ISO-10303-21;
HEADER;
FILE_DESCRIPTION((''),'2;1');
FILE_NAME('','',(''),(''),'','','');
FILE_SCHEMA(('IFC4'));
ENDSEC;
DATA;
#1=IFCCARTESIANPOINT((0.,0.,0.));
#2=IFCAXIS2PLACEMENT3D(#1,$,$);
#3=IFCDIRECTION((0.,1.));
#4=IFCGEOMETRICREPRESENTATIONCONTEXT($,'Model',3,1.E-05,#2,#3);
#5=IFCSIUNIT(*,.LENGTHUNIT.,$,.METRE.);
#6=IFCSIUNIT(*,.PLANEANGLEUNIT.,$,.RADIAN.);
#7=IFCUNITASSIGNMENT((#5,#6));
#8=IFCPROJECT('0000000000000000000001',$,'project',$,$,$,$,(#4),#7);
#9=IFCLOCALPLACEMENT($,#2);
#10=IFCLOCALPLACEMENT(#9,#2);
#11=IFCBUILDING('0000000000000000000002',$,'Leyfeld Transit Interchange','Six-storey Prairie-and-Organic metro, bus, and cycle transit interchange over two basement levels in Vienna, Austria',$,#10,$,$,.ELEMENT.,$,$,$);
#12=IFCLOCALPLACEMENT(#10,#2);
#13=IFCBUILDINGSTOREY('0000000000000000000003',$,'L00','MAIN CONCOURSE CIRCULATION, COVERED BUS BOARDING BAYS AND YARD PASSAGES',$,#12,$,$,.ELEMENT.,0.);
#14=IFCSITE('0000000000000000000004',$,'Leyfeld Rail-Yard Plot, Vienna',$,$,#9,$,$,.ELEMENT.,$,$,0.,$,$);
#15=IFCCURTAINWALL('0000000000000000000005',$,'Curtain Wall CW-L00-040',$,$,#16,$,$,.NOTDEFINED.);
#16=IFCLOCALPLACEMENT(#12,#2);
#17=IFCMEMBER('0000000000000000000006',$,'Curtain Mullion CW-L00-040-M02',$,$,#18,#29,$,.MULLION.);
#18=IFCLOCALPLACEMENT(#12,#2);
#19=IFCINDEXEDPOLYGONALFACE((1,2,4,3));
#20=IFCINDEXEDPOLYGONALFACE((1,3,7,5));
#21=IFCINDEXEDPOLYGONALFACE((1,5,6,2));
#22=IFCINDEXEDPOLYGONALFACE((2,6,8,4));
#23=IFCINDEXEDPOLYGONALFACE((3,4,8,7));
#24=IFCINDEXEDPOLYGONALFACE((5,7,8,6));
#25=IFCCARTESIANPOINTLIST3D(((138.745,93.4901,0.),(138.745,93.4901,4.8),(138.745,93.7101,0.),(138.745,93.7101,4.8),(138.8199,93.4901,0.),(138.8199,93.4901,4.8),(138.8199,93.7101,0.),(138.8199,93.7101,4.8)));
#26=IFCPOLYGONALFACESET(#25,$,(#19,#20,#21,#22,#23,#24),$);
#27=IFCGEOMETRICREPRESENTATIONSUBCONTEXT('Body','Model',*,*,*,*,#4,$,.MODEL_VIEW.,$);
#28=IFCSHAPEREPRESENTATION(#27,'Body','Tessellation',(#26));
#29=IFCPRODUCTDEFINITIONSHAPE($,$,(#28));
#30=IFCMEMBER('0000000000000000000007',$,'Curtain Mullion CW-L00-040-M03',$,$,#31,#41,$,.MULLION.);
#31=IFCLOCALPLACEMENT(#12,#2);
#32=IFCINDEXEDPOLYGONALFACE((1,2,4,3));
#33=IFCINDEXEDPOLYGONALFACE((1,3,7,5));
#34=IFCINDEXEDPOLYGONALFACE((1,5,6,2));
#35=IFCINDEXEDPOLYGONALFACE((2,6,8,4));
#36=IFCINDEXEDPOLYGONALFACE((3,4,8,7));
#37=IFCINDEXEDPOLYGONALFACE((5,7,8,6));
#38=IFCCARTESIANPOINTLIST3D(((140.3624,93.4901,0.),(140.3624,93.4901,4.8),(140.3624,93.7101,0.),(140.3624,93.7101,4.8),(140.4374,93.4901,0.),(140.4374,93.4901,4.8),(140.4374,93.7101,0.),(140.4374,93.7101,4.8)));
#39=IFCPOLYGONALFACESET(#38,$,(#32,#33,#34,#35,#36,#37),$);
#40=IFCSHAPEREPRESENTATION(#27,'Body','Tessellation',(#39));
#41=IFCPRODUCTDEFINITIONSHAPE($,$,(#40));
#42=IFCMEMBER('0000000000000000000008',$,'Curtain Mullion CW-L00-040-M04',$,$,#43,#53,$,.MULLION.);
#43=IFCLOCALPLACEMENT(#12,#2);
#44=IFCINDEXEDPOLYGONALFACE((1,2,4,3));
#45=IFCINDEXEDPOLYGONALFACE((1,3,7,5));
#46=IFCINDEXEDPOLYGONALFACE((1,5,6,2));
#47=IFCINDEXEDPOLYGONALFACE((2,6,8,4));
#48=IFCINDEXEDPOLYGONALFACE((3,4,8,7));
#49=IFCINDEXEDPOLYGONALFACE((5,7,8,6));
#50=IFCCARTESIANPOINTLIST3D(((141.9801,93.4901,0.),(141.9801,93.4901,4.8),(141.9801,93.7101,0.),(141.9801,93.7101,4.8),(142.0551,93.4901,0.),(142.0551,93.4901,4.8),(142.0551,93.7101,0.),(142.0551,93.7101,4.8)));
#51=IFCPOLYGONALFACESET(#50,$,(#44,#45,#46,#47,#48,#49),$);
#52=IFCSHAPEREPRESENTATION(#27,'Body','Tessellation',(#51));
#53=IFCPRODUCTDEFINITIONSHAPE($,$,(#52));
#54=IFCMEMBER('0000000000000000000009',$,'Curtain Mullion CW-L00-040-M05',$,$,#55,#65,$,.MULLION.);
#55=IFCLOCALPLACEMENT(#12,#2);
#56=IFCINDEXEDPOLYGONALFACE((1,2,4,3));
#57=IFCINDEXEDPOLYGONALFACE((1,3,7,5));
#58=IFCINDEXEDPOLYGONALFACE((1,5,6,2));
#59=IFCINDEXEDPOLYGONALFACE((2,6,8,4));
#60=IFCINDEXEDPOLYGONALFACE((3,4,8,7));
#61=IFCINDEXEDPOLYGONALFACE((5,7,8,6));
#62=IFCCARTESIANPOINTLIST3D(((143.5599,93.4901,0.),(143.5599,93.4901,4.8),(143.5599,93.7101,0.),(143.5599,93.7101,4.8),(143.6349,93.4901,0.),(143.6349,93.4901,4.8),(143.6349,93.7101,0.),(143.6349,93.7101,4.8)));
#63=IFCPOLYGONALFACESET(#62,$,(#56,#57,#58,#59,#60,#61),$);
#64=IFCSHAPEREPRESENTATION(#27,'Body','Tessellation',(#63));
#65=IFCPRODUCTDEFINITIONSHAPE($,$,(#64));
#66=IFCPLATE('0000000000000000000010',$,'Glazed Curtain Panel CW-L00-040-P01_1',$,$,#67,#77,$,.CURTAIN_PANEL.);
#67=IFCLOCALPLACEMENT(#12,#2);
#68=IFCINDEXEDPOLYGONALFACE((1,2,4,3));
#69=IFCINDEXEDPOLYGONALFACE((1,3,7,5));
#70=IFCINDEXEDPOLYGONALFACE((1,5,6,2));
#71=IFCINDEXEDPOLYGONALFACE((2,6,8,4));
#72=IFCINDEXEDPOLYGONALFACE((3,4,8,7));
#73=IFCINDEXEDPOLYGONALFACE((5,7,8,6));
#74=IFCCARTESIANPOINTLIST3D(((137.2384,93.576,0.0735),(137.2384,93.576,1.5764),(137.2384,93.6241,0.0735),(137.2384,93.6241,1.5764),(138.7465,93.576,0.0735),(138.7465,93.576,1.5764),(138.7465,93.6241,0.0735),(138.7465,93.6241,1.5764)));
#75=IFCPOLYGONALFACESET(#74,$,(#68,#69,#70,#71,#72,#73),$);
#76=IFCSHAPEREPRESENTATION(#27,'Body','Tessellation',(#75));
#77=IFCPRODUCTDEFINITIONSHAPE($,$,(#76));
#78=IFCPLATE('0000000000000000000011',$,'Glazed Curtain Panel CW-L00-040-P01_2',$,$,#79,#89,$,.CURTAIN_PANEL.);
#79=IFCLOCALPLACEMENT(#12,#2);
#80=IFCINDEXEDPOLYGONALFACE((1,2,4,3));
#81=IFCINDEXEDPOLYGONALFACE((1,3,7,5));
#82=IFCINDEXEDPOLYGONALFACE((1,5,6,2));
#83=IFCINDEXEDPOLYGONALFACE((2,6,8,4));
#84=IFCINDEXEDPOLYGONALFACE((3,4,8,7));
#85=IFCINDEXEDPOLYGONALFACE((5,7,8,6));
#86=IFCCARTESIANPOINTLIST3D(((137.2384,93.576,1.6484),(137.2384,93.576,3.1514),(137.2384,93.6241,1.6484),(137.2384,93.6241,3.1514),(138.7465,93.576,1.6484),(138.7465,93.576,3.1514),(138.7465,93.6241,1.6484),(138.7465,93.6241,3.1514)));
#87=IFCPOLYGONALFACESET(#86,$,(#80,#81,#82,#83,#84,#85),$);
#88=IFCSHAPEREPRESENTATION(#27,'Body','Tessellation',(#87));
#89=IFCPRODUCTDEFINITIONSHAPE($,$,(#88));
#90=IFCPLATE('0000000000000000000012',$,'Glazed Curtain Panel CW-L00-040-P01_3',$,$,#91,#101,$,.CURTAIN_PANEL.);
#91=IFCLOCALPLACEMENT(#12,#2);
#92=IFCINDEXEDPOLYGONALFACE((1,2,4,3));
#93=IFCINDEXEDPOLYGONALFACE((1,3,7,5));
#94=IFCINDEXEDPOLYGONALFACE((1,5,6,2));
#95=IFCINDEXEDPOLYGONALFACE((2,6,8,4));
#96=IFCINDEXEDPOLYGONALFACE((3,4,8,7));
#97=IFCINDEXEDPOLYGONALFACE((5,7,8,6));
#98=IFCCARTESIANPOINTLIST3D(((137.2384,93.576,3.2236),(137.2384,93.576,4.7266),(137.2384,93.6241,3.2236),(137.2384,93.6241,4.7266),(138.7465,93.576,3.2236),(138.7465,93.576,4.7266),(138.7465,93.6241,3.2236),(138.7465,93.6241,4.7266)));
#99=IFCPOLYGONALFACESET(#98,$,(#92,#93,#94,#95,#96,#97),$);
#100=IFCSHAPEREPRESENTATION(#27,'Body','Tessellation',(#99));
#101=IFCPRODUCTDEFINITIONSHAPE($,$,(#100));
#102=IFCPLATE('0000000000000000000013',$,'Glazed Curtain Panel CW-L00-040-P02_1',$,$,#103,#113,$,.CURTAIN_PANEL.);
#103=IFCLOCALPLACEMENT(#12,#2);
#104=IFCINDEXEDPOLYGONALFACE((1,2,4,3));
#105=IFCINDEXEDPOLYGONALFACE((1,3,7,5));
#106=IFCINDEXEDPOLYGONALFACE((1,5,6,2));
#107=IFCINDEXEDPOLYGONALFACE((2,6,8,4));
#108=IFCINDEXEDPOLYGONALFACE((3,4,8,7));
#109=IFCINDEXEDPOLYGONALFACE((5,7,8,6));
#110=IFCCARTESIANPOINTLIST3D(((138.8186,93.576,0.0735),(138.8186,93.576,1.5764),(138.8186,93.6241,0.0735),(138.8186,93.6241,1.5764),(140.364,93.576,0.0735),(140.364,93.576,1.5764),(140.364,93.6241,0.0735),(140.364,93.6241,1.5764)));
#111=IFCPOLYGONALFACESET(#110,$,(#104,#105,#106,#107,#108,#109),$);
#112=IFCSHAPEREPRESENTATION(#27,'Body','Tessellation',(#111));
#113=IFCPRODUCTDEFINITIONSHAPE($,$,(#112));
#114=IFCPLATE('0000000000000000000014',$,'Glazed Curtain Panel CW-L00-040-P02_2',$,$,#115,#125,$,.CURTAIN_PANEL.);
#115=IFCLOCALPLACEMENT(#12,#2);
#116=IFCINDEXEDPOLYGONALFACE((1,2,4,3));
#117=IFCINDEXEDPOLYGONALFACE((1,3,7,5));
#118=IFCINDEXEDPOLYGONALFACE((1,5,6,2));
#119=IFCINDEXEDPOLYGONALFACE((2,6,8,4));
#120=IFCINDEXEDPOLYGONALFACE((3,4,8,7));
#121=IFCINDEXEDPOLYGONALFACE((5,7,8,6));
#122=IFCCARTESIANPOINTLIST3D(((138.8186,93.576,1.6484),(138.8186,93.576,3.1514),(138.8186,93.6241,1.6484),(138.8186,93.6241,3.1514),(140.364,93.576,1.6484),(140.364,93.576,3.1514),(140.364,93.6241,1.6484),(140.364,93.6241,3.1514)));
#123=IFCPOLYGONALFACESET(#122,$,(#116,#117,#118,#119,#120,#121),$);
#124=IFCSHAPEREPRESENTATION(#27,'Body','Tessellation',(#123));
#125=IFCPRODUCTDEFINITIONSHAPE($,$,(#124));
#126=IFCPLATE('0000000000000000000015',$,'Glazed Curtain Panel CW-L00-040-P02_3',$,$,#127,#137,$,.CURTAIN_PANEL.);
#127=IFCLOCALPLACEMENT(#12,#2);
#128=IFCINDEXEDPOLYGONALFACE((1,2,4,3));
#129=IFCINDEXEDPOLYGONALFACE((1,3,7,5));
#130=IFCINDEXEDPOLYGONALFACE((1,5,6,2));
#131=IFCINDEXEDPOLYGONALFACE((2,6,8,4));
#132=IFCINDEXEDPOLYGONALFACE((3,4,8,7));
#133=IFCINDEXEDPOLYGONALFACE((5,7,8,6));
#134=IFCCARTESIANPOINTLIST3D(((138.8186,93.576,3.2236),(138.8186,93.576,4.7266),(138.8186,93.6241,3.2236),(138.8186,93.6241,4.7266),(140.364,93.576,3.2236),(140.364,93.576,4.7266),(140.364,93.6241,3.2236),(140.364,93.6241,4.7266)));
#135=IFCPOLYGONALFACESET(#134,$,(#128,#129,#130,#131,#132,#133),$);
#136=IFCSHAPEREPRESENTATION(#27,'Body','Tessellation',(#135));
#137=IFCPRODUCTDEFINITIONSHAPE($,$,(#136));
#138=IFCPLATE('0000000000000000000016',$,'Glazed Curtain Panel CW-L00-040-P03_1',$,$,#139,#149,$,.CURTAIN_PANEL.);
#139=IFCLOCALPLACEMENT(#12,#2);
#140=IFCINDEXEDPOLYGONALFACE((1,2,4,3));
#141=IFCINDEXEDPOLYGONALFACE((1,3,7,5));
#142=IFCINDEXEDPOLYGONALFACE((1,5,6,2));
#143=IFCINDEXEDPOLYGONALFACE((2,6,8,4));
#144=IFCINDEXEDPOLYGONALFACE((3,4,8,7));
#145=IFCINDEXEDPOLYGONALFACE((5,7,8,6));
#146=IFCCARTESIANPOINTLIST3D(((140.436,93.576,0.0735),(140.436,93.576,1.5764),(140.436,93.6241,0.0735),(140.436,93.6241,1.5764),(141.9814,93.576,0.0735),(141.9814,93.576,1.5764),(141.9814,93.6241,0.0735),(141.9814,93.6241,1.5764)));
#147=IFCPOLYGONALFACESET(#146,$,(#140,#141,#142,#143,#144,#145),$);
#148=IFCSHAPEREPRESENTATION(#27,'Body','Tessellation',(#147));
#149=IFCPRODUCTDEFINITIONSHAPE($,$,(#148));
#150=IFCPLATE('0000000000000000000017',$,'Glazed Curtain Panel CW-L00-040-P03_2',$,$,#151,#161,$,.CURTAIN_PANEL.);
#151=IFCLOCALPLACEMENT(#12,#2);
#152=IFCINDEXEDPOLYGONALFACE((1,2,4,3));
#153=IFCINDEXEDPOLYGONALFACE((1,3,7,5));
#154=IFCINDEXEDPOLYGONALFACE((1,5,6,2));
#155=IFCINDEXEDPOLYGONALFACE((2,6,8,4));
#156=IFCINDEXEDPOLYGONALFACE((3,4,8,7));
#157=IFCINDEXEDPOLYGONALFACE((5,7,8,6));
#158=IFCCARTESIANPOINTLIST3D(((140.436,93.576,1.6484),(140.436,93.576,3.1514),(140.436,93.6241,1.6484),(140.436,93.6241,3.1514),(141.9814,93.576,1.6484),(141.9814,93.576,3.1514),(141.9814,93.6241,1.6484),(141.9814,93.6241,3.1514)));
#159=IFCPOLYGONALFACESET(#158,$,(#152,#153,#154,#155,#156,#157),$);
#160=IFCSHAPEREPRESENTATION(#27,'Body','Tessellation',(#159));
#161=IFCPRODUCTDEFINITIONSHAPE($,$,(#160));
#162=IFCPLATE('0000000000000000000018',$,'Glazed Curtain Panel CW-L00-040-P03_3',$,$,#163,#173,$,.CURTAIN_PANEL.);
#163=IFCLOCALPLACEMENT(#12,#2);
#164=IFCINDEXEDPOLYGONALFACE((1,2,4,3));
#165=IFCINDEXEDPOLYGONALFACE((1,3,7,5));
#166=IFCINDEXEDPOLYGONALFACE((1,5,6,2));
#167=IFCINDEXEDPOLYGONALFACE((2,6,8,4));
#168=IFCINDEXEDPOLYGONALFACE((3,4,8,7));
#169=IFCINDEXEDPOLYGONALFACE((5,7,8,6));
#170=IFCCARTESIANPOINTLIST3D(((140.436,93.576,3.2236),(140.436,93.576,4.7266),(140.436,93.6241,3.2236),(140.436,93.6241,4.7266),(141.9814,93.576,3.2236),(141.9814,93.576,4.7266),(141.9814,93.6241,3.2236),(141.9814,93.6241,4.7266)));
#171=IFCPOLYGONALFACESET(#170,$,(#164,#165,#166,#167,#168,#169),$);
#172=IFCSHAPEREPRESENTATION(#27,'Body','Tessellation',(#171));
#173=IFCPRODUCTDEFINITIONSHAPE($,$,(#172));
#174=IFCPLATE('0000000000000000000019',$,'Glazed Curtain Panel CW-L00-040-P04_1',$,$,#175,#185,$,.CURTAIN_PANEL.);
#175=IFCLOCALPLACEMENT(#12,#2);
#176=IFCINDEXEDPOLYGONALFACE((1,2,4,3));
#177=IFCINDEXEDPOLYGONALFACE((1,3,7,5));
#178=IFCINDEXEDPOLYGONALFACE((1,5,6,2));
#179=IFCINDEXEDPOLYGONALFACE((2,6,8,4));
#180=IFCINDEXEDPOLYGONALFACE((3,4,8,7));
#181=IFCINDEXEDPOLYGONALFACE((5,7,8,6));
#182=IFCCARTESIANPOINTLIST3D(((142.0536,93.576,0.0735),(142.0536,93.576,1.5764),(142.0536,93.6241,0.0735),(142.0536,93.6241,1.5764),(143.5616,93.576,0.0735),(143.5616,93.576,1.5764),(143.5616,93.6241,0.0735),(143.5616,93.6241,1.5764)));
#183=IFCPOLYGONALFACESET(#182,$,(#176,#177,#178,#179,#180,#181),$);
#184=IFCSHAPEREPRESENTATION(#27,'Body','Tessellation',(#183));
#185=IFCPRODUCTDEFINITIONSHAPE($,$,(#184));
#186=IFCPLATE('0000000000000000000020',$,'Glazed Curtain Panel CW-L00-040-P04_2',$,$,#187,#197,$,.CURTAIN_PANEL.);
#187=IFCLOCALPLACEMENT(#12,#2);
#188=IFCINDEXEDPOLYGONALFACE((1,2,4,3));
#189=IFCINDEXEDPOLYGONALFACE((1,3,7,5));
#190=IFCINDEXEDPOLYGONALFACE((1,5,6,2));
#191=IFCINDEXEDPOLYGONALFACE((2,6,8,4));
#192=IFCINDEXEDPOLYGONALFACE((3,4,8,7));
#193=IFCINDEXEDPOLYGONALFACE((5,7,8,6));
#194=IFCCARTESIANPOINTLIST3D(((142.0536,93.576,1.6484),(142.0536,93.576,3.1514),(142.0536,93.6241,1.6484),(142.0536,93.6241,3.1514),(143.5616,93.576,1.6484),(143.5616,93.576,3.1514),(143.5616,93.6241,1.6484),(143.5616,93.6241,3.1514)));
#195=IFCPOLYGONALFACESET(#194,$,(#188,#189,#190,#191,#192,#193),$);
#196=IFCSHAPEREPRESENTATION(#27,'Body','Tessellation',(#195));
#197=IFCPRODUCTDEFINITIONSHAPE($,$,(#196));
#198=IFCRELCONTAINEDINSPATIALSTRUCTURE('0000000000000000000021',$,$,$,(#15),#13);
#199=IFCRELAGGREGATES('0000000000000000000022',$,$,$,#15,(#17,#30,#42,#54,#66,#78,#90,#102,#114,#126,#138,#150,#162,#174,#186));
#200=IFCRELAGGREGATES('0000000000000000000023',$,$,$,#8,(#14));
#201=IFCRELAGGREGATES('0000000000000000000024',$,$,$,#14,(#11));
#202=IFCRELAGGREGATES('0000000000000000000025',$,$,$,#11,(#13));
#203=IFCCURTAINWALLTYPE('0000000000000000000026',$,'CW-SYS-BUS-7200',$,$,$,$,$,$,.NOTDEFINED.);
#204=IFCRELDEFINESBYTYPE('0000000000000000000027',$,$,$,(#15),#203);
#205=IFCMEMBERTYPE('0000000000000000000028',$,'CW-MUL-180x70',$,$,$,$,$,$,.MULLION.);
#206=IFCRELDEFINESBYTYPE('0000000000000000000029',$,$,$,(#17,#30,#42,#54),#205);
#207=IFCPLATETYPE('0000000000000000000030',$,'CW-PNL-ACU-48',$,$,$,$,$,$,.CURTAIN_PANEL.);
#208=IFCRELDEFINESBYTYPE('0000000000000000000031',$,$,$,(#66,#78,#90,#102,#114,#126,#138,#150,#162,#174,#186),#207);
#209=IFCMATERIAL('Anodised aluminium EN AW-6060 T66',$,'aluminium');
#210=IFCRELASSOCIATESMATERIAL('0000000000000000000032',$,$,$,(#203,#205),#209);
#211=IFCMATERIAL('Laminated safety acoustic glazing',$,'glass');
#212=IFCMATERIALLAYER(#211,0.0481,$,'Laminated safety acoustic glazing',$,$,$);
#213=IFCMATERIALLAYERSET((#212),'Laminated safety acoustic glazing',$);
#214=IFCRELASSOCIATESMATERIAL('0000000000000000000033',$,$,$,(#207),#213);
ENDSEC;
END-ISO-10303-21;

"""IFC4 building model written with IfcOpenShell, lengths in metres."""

from ifc_helpers import new_model, si_unit, direction, frame, origin, origin_2d, place, context, subcontext, project, spatial, rectangle, extrude, material, layer, layer_set, material_profile, profile_set, type_object, element, aggregate, save


model = new_model("IFC4")

# Units and contexts
model_context = context("Model", 3, precision=1e-05, world=origin(), true_north=direction((0.0, 1.0)))
body_context = subcontext(model_context, "Body", "Model", "MODEL_VIEW")
ifc_project = project(units=[si_unit("LENGTHUNIT", "METRE"), si_unit("PLANEANGLEUNIT", "RADIAN")], contexts=[model_context])

# Site, building, storey
site_placement = place(None, origin())
site = spatial("IfcSite", under=ifc_project, at=site_placement, Name="Leyfeld Rail-Yard Plot, Vienna", CompositionType="ELEMENT", RefElevation=0.0)
building_placement = place(site_placement, origin())
building = spatial("IfcBuilding", under=site, at=building_placement, Name="Leyfeld Transit Interchange", Description="Six-storey Prairie-and-Organic metro, bus, and cycle transit interchange over two basement levels in Vienna, Austria", CompositionType="ELEMENT")
storey_placement = place(building_placement, origin())
storey = spatial("IfcBuildingStorey", under=building, at=storey_placement, Name="L00", Description="MAIN CONCOURSE CIRCULATION, COVERED BUS BOARDING BAYS AND YARD PASSAGES", CompositionType="ELEMENT", Elevation=0.0)

# Curtain wall, members, plates
ifc_material_1 = material(Name="Anodised aluminium EN AW-6060 T66", Category="aluminium")
curtain_wall_type = type_object("IfcCurtainWallType", Name="CW-SYS-BUS-7200", PredefinedType="NOTDEFINED", material=ifc_material_1)
curtain_wall_placement = place(storey_placement, origin())
curtain_wall = element("IfcCurtainWall", 1, at=curtain_wall_placement, inside=storey, type_object=curtain_wall_type, Name="Curtain Wall CW-L00-040", PredefinedType="NOTDEFINED")
ifc_material_profile_1 = material_profile(ifc_material_1, rectangle(XDim=0.075, YDim=0.22, at=origin_2d()), Name="CW-M 75x220")
ifc_profile_set_1 = profile_set([ifc_material_profile_1], Name="Anodised aluminium EN AW-6060 T66")
member_type = type_object("IfcMemberType", Name="CW-MUL-180x70", PredefinedType="MULLION", material=ifc_profile_set_1)
member_1_placement = place(storey_placement, frame((138.7825, 93.6001, 0.0), z_axis=(0.0, 0.0, 1.0), x_axis=(1.0, 0.0, 0.0)))
member_1 = element("IfcMember", 2, at=member_1_placement, type_object=member_type, Name="Curtain Mullion CW-L00-040-M02", PredefinedType="MULLION", context=body_context, shape_type="SweptSolid", body=[
    extrude(rectangle(XDim=0.075, YDim=0.22, at=origin_2d()), origin(), (0.0, 0.0, 1.0), 4.8),
])
member_2_placement = place(storey_placement, frame((140.3999, 93.6001, 0.0), z_axis=(0.0, 0.0, 1.0), x_axis=(1.0, 0.0, 0.0)))
member_2 = element("IfcMember", 3, at=member_2_placement, type_object=member_type, Name="Curtain Mullion CW-L00-040-M03", PredefinedType="MULLION", context=body_context, shape_type="SweptSolid", body=[
    extrude(rectangle(XDim=0.075, YDim=0.22, at=origin_2d()), origin(), (0.0, 0.0, 1.0), 4.8),
])
member_3_placement = place(storey_placement, frame((142.0176, 93.6001, 0.0), z_axis=(0.0, 0.0, 1.0), x_axis=(1.0, 0.0, 0.0)))
member_3 = element("IfcMember", 4, at=member_3_placement, type_object=member_type, Name="Curtain Mullion CW-L00-040-M04", PredefinedType="MULLION", context=body_context, shape_type="SweptSolid", body=[
    extrude(rectangle(XDim=0.075, YDim=0.22, at=origin_2d()), origin(), (0.0, 0.0, 1.0), 4.8),
])
member_4_placement = place(storey_placement, frame((143.5974, 93.6001, 0.0), z_axis=(0.0, 0.0, 1.0), x_axis=(1.0, 0.0, 0.0)))
member_4 = element("IfcMember", 5, at=member_4_placement, type_object=member_type, Name="Curtain Mullion CW-L00-040-M05", PredefinedType="MULLION", context=body_context, shape_type="SweptSolid", body=[
    extrude(rectangle(XDim=0.075, YDim=0.22, at=origin_2d()), origin(), (0.0, 0.0, 1.0), 4.8),
])
ifc_material_2 = material(Name="Laminated safety acoustic glazing", Category="glass")
ifc_layer = layer(ifc_material_2, 0.0481, Name="Laminated safety acoustic glazing")
ifc_layer_set = layer_set([ifc_layer], Name="Laminated safety acoustic glazing")
plate_type = type_object("IfcPlateType", Name="CW-PNL-ACU-48", PredefinedType="CURTAIN_PANEL", material=ifc_layer_set)
plate_1_placement = place(storey_placement, frame((137.9924, 93.6001, 0.0735), z_axis=(0.0, 0.0, 1.0), x_axis=(1.0, 0.0, 0.0)))
plate_1 = element("IfcPlate", 6, at=plate_1_placement, type_object=plate_type, Name="Glazed Curtain Panel CW-L00-040-P01_1", PredefinedType="CURTAIN_PANEL", context=body_context, shape_type="SweptSolid", body=[
    extrude(rectangle(XDim=1.5081, YDim=0.0481, at=origin_2d()), origin(), (0.0, 0.0, 1.0), 1.5029),
])
plate_2_placement = place(storey_placement, frame((137.9924, 93.6001, 1.6484), z_axis=(0.0, 0.0, 1.0), x_axis=(1.0, 0.0, 0.0)))
plate_2 = element("IfcPlate", 7, at=plate_2_placement, type_object=plate_type, Name="Glazed Curtain Panel CW-L00-040-P01_2", PredefinedType="CURTAIN_PANEL", context=body_context, shape_type="SweptSolid", body=[
    extrude(rectangle(XDim=1.5081, YDim=0.0481, at=origin_2d()), origin(), (0.0, 0.0, 1.0), 1.5029),
])
plate_3_placement = place(storey_placement, frame((137.9924, 93.6001, 3.2236), z_axis=(0.0, 0.0, 1.0), x_axis=(1.0, 0.0, 0.0)))
plate_3 = element("IfcPlate", 8, at=plate_3_placement, type_object=plate_type, Name="Glazed Curtain Panel CW-L00-040-P01_3", PredefinedType="CURTAIN_PANEL", context=body_context, shape_type="SweptSolid", body=[
    extrude(rectangle(XDim=1.5081, YDim=0.0481, at=origin_2d()), origin(), (0.0, 0.0, 1.0), 1.5029),
])
plate_4_placement = place(storey_placement, frame((139.5913, 93.6001, 0.0735), z_axis=(0.0, 0.0, 1.0), x_axis=(1.0, 0.0, 0.0)))
plate_4 = element("IfcPlate", 9, at=plate_4_placement, type_object=plate_type, Name="Glazed Curtain Panel CW-L00-040-P02_1", PredefinedType="CURTAIN_PANEL", context=body_context, shape_type="SweptSolid", body=[
    extrude(rectangle(XDim=1.5454, YDim=0.0481, at=origin_2d()), origin(), (0.0, 0.0, 1.0), 1.5029),
])
plate_5_placement = place(storey_placement, frame((139.5913, 93.6001, 1.6484), z_axis=(0.0, 0.0, 1.0), x_axis=(1.0, 0.0, 0.0)))
plate_5 = element("IfcPlate", 10, at=plate_5_placement, type_object=plate_type, Name="Glazed Curtain Panel CW-L00-040-P02_2", PredefinedType="CURTAIN_PANEL", context=body_context, shape_type="SweptSolid", body=[
    extrude(rectangle(XDim=1.5454, YDim=0.0481, at=origin_2d()), origin(), (0.0, 0.0, 1.0), 1.5029),
])
plate_6_placement = place(storey_placement, frame((139.5913, 93.6001, 3.2236), z_axis=(0.0, 0.0, 1.0), x_axis=(1.0, 0.0, 0.0)))
plate_6 = element("IfcPlate", 11, at=plate_6_placement, type_object=plate_type, Name="Glazed Curtain Panel CW-L00-040-P02_3", PredefinedType="CURTAIN_PANEL", context=body_context, shape_type="SweptSolid", body=[
    extrude(rectangle(XDim=1.5454, YDim=0.0481, at=origin_2d()), origin(), (0.0, 0.0, 1.0), 1.5029),
])
plate_7_placement = place(storey_placement, frame((141.2087, 93.6001, 0.0735), z_axis=(0.0, 0.0, 1.0), x_axis=(1.0, 0.0, 0.0)))
plate_7 = element("IfcPlate", 12, at=plate_7_placement, type_object=plate_type, Name="Glazed Curtain Panel CW-L00-040-P03_1", PredefinedType="CURTAIN_PANEL", context=body_context, shape_type="SweptSolid", body=[
    extrude(rectangle(XDim=1.5454, YDim=0.0481, at=origin_2d()), origin(), (0.0, 0.0, 1.0), 1.5029),
])
plate_8_placement = place(storey_placement, frame((141.2087, 93.6001, 1.6484), z_axis=(0.0, 0.0, 1.0), x_axis=(1.0, 0.0, 0.0)))
plate_8 = element("IfcPlate", 13, at=plate_8_placement, type_object=plate_type, Name="Glazed Curtain Panel CW-L00-040-P03_2", PredefinedType="CURTAIN_PANEL", context=body_context, shape_type="SweptSolid", body=[
    extrude(rectangle(XDim=1.5454, YDim=0.0481, at=origin_2d()), origin(), (0.0, 0.0, 1.0), 1.5029),
])
plate_9_placement = place(storey_placement, frame((141.2087, 93.6001, 3.2236), z_axis=(0.0, 0.0, 1.0), x_axis=(1.0, 0.0, 0.0)))
plate_9 = element("IfcPlate", 14, at=plate_9_placement, type_object=plate_type, Name="Glazed Curtain Panel CW-L00-040-P03_3", PredefinedType="CURTAIN_PANEL", context=body_context, shape_type="SweptSolid", body=[
    extrude(rectangle(XDim=1.5454, YDim=0.0481, at=origin_2d()), origin(), (0.0, 0.0, 1.0), 1.5029),
])
plate_10_placement = place(storey_placement, frame((142.8076, 93.6001, 0.0735), z_axis=(0.0, 0.0, 1.0), x_axis=(1.0, 0.0, 0.0)))
plate_10 = element("IfcPlate", 15, at=plate_10_placement, type_object=plate_type, Name="Glazed Curtain Panel CW-L00-040-P04_1", PredefinedType="CURTAIN_PANEL", context=body_context, shape_type="SweptSolid", body=[
    extrude(rectangle(XDim=1.5081, YDim=0.0481, at=origin_2d()), origin(), (0.0, 0.0, 1.0), 1.5029),
])
plate_11_placement = place(storey_placement, frame((142.8076, 93.6001, 1.6484), z_axis=(0.0, 0.0, 1.0), x_axis=(1.0, 0.0, 0.0)))
plate_11 = element("IfcPlate", 16, at=plate_11_placement, type_object=plate_type, Name="Glazed Curtain Panel CW-L00-040-P04_2", PredefinedType="CURTAIN_PANEL", context=body_context, shape_type="SweptSolid", body=[
    extrude(rectangle(XDim=1.5081, YDim=0.0481, at=origin_2d()), origin(), (0.0, 0.0, 1.0), 1.5029),
])
aggregate(curtain_wall, [member_1, member_2, member_3, member_4, plate_1, plate_2, plate_3, plate_4, plate_5, plate_6, plate_7, plate_8, plate_9, plate_10, plate_11])

save(model, "model.ifc")
